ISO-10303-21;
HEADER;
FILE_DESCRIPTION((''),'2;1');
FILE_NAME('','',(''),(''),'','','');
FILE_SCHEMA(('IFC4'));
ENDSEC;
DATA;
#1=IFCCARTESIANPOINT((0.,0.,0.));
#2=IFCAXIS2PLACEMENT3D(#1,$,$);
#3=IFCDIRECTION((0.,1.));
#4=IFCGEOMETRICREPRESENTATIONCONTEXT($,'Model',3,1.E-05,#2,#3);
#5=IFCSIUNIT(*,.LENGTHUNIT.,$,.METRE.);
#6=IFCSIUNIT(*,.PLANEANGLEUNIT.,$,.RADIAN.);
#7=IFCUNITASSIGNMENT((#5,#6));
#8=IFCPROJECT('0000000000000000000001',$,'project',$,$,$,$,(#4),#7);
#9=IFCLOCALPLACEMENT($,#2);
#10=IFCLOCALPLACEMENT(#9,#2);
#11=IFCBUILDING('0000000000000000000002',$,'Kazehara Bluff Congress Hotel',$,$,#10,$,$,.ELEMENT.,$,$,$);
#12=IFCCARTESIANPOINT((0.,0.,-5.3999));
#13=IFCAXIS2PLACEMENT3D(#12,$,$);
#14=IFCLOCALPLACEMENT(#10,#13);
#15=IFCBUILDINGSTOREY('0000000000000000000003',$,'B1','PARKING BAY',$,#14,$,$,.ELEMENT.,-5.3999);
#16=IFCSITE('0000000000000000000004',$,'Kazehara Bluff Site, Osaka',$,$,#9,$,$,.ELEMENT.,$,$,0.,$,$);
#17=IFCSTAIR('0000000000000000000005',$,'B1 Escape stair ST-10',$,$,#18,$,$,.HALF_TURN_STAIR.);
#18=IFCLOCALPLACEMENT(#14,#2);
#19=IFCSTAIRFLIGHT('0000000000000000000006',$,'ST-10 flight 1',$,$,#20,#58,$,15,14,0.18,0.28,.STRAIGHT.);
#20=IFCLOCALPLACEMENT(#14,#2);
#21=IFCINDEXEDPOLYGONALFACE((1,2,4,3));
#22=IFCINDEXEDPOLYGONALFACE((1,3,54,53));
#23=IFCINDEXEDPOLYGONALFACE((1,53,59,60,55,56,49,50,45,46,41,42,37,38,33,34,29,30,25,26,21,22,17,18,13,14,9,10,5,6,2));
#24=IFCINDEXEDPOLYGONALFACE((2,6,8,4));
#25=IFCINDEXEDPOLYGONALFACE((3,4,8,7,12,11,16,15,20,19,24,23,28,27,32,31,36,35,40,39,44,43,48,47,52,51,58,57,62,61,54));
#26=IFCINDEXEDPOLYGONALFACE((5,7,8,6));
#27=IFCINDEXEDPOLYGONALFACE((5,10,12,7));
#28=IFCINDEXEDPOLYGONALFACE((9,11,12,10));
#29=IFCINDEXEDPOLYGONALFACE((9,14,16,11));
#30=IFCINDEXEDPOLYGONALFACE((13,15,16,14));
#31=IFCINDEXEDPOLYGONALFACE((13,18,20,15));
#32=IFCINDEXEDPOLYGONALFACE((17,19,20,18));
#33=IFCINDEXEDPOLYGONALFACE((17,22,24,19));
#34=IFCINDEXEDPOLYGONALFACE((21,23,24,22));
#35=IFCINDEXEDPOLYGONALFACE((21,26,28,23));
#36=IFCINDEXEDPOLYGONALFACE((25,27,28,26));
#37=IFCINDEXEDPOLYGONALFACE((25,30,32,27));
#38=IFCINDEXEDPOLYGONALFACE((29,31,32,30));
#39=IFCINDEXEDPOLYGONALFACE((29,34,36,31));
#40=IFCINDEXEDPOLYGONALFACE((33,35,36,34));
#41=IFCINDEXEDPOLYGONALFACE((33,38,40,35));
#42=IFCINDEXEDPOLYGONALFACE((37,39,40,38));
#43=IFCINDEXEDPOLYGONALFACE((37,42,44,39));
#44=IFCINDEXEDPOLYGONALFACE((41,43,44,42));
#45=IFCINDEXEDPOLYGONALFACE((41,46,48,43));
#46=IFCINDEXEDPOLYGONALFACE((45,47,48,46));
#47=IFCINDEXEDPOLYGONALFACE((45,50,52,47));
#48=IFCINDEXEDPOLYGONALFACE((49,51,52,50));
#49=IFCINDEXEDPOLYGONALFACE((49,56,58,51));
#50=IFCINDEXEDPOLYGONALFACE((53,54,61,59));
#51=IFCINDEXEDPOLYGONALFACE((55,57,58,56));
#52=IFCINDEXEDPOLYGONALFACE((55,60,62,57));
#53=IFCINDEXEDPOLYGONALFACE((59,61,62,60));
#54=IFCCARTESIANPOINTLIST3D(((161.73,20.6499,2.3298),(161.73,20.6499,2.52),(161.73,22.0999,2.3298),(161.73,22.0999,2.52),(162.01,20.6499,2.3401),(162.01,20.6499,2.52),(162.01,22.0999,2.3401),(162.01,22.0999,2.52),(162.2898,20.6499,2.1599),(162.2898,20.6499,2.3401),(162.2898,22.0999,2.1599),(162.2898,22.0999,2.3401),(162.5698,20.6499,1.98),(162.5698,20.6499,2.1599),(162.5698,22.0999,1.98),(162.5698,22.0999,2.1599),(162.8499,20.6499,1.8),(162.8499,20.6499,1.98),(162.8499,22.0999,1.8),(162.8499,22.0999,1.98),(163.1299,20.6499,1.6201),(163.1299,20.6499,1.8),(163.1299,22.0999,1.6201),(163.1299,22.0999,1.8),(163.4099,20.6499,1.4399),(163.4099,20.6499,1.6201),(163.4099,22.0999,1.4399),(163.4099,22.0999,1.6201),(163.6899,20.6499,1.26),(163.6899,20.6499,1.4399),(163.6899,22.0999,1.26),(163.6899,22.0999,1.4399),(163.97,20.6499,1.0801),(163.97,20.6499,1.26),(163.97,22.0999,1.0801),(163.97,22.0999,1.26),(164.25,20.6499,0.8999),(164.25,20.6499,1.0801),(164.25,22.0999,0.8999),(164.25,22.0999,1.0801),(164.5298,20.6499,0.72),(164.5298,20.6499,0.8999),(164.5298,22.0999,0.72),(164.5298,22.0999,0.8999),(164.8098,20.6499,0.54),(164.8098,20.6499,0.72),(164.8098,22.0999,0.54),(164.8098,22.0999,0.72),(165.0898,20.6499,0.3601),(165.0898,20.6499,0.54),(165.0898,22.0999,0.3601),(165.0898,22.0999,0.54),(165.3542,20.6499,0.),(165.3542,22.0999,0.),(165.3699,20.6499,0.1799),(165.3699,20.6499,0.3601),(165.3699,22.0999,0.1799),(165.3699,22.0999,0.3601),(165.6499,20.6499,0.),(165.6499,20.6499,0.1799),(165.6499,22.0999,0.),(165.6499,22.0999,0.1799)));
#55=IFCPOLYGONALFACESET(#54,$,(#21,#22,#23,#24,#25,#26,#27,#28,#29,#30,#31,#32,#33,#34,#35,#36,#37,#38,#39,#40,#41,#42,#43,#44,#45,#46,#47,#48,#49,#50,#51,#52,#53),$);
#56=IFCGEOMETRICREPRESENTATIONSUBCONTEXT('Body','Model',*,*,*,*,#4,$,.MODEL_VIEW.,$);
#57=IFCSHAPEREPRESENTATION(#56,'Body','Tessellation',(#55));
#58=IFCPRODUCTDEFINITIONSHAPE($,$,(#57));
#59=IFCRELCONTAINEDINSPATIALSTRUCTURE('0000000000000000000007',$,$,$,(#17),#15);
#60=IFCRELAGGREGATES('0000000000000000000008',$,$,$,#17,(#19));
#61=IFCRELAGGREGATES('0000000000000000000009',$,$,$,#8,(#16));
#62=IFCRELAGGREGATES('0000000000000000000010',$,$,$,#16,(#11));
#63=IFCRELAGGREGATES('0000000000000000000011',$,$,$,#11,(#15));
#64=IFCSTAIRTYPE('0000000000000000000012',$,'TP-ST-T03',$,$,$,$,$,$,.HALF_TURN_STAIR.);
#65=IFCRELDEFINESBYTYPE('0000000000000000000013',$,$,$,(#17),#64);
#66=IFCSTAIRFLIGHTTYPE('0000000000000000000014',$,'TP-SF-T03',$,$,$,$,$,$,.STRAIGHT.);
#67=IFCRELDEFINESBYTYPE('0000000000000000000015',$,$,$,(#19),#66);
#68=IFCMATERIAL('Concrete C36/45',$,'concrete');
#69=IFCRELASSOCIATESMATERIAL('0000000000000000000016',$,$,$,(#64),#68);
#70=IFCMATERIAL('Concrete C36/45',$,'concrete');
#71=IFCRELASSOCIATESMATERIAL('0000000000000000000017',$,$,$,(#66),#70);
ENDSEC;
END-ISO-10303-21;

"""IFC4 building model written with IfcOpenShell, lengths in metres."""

from ifc_helpers import new_model, si_unit, direction, frame, origin, place, context, subcontext, project, spatial, polyline, outline, extrude, material, type_object, element, aggregate, save


model = new_model("IFC4")

# Units and contexts
model_context = context("Model", 3, precision=1e-05, world=origin(), true_north=direction((0.0, 1.0)))
body_context = subcontext(model_context, "Body", "Model", "MODEL_VIEW")
ifc_project = project(units=[si_unit("LENGTHUNIT", "METRE"), si_unit("PLANEANGLEUNIT", "RADIAN")], contexts=[model_context])

# Site, building, storey
site_placement = place(None, origin())
site = spatial("IfcSite", under=ifc_project, at=site_placement, Name="Kazehara Bluff Site, Osaka", CompositionType="ELEMENT", RefElevation=0.0)
building_placement = place(site_placement, origin())
building = spatial("IfcBuilding", under=site, at=building_placement, Name="Kazehara Bluff Congress Hotel", CompositionType="ELEMENT")
storey_placement = place(building_placement, frame((0.0, 0.0, -5.3999)))
storey = spatial("IfcBuildingStorey", under=building, at=storey_placement, Name="B1", Description="PARKING BAY", CompositionType="ELEMENT", Elevation=-5.3999)

# Stair, stair flight
ifc_material_1 = material(Name="Concrete C36/45", Category="concrete")
stair_type = type_object("IfcStairType", Name="TP-ST-T03", PredefinedType="HALF_TURN_STAIR", material=ifc_material_1)
stair_placement = place(storey_placement, origin())
stair = element("IfcStair", 1, at=stair_placement, inside=storey, type_object=stair_type, Name="B1 Escape stair ST-10", PredefinedType="HALF_TURN_STAIR")
ifc_material_2 = material(Name="Concrete C36/45", Category="concrete")
stair_flight_type = type_object("IfcStairFlightType", Name="TP-SF-T03", PredefinedType="STRAIGHT", material=ifc_material_2)
stair_flight_placement = place(storey_placement, frame((165.6499, 21.375, 0.0), z_axis=(0.0, 0.0, 1.0), x_axis=(-1.0, 0.0, 0.0)))
stair_flight = element("IfcStairFlight", 2, at=stair_flight_placement, type_object=stair_flight_type, Name="ST-10 flight 1", NumberOfRisers=15, NumberOfTreads=14, PredefinedType="STRAIGHT", RiserHeight=0.18, TreadLength=0.28, context=body_context, shape_type="SweptSolid", body=[
    extrude(outline(polyline([(0.0, 0.0), (0.0, 0.1799), (0.28, 0.1799), (0.28, 0.3601), (0.5601, 0.3601), (0.5601, 0.54), (0.8401, 0.54), (0.8401, 0.72), (1.1201, 0.72), (1.1201, 0.8999), (1.3999, 0.8999), (1.3999, 1.0801), (1.6799, 1.0801), (1.6799, 1.26), (1.96, 1.26), (1.96, 1.4399), (2.24, 1.4399), (2.24, 1.6201), (2.52, 1.6201), (2.52, 1.8), (2.8, 1.8), (2.8, 1.98), (3.0801, 1.98), (3.0801, 2.1599), (3.3601, 2.1599), (3.3601, 2.3401), (3.6399, 2.3401), (3.6399, 2.52), (3.9199, 2.52), (3.9199, 2.7), (3.9199, 2.3298), (0.2957, 0.0), (0.0, 0.0)])), frame((0.0, 0.7251, 0.0), z_axis=(0.0, -1.0, 0.0), x_axis=(1.0, 0.0, 0.0)), (0.0, 0.0, 1.0), 1.45),
])
aggregate(stair, [stair_flight])

save(model, "model.ifc")
